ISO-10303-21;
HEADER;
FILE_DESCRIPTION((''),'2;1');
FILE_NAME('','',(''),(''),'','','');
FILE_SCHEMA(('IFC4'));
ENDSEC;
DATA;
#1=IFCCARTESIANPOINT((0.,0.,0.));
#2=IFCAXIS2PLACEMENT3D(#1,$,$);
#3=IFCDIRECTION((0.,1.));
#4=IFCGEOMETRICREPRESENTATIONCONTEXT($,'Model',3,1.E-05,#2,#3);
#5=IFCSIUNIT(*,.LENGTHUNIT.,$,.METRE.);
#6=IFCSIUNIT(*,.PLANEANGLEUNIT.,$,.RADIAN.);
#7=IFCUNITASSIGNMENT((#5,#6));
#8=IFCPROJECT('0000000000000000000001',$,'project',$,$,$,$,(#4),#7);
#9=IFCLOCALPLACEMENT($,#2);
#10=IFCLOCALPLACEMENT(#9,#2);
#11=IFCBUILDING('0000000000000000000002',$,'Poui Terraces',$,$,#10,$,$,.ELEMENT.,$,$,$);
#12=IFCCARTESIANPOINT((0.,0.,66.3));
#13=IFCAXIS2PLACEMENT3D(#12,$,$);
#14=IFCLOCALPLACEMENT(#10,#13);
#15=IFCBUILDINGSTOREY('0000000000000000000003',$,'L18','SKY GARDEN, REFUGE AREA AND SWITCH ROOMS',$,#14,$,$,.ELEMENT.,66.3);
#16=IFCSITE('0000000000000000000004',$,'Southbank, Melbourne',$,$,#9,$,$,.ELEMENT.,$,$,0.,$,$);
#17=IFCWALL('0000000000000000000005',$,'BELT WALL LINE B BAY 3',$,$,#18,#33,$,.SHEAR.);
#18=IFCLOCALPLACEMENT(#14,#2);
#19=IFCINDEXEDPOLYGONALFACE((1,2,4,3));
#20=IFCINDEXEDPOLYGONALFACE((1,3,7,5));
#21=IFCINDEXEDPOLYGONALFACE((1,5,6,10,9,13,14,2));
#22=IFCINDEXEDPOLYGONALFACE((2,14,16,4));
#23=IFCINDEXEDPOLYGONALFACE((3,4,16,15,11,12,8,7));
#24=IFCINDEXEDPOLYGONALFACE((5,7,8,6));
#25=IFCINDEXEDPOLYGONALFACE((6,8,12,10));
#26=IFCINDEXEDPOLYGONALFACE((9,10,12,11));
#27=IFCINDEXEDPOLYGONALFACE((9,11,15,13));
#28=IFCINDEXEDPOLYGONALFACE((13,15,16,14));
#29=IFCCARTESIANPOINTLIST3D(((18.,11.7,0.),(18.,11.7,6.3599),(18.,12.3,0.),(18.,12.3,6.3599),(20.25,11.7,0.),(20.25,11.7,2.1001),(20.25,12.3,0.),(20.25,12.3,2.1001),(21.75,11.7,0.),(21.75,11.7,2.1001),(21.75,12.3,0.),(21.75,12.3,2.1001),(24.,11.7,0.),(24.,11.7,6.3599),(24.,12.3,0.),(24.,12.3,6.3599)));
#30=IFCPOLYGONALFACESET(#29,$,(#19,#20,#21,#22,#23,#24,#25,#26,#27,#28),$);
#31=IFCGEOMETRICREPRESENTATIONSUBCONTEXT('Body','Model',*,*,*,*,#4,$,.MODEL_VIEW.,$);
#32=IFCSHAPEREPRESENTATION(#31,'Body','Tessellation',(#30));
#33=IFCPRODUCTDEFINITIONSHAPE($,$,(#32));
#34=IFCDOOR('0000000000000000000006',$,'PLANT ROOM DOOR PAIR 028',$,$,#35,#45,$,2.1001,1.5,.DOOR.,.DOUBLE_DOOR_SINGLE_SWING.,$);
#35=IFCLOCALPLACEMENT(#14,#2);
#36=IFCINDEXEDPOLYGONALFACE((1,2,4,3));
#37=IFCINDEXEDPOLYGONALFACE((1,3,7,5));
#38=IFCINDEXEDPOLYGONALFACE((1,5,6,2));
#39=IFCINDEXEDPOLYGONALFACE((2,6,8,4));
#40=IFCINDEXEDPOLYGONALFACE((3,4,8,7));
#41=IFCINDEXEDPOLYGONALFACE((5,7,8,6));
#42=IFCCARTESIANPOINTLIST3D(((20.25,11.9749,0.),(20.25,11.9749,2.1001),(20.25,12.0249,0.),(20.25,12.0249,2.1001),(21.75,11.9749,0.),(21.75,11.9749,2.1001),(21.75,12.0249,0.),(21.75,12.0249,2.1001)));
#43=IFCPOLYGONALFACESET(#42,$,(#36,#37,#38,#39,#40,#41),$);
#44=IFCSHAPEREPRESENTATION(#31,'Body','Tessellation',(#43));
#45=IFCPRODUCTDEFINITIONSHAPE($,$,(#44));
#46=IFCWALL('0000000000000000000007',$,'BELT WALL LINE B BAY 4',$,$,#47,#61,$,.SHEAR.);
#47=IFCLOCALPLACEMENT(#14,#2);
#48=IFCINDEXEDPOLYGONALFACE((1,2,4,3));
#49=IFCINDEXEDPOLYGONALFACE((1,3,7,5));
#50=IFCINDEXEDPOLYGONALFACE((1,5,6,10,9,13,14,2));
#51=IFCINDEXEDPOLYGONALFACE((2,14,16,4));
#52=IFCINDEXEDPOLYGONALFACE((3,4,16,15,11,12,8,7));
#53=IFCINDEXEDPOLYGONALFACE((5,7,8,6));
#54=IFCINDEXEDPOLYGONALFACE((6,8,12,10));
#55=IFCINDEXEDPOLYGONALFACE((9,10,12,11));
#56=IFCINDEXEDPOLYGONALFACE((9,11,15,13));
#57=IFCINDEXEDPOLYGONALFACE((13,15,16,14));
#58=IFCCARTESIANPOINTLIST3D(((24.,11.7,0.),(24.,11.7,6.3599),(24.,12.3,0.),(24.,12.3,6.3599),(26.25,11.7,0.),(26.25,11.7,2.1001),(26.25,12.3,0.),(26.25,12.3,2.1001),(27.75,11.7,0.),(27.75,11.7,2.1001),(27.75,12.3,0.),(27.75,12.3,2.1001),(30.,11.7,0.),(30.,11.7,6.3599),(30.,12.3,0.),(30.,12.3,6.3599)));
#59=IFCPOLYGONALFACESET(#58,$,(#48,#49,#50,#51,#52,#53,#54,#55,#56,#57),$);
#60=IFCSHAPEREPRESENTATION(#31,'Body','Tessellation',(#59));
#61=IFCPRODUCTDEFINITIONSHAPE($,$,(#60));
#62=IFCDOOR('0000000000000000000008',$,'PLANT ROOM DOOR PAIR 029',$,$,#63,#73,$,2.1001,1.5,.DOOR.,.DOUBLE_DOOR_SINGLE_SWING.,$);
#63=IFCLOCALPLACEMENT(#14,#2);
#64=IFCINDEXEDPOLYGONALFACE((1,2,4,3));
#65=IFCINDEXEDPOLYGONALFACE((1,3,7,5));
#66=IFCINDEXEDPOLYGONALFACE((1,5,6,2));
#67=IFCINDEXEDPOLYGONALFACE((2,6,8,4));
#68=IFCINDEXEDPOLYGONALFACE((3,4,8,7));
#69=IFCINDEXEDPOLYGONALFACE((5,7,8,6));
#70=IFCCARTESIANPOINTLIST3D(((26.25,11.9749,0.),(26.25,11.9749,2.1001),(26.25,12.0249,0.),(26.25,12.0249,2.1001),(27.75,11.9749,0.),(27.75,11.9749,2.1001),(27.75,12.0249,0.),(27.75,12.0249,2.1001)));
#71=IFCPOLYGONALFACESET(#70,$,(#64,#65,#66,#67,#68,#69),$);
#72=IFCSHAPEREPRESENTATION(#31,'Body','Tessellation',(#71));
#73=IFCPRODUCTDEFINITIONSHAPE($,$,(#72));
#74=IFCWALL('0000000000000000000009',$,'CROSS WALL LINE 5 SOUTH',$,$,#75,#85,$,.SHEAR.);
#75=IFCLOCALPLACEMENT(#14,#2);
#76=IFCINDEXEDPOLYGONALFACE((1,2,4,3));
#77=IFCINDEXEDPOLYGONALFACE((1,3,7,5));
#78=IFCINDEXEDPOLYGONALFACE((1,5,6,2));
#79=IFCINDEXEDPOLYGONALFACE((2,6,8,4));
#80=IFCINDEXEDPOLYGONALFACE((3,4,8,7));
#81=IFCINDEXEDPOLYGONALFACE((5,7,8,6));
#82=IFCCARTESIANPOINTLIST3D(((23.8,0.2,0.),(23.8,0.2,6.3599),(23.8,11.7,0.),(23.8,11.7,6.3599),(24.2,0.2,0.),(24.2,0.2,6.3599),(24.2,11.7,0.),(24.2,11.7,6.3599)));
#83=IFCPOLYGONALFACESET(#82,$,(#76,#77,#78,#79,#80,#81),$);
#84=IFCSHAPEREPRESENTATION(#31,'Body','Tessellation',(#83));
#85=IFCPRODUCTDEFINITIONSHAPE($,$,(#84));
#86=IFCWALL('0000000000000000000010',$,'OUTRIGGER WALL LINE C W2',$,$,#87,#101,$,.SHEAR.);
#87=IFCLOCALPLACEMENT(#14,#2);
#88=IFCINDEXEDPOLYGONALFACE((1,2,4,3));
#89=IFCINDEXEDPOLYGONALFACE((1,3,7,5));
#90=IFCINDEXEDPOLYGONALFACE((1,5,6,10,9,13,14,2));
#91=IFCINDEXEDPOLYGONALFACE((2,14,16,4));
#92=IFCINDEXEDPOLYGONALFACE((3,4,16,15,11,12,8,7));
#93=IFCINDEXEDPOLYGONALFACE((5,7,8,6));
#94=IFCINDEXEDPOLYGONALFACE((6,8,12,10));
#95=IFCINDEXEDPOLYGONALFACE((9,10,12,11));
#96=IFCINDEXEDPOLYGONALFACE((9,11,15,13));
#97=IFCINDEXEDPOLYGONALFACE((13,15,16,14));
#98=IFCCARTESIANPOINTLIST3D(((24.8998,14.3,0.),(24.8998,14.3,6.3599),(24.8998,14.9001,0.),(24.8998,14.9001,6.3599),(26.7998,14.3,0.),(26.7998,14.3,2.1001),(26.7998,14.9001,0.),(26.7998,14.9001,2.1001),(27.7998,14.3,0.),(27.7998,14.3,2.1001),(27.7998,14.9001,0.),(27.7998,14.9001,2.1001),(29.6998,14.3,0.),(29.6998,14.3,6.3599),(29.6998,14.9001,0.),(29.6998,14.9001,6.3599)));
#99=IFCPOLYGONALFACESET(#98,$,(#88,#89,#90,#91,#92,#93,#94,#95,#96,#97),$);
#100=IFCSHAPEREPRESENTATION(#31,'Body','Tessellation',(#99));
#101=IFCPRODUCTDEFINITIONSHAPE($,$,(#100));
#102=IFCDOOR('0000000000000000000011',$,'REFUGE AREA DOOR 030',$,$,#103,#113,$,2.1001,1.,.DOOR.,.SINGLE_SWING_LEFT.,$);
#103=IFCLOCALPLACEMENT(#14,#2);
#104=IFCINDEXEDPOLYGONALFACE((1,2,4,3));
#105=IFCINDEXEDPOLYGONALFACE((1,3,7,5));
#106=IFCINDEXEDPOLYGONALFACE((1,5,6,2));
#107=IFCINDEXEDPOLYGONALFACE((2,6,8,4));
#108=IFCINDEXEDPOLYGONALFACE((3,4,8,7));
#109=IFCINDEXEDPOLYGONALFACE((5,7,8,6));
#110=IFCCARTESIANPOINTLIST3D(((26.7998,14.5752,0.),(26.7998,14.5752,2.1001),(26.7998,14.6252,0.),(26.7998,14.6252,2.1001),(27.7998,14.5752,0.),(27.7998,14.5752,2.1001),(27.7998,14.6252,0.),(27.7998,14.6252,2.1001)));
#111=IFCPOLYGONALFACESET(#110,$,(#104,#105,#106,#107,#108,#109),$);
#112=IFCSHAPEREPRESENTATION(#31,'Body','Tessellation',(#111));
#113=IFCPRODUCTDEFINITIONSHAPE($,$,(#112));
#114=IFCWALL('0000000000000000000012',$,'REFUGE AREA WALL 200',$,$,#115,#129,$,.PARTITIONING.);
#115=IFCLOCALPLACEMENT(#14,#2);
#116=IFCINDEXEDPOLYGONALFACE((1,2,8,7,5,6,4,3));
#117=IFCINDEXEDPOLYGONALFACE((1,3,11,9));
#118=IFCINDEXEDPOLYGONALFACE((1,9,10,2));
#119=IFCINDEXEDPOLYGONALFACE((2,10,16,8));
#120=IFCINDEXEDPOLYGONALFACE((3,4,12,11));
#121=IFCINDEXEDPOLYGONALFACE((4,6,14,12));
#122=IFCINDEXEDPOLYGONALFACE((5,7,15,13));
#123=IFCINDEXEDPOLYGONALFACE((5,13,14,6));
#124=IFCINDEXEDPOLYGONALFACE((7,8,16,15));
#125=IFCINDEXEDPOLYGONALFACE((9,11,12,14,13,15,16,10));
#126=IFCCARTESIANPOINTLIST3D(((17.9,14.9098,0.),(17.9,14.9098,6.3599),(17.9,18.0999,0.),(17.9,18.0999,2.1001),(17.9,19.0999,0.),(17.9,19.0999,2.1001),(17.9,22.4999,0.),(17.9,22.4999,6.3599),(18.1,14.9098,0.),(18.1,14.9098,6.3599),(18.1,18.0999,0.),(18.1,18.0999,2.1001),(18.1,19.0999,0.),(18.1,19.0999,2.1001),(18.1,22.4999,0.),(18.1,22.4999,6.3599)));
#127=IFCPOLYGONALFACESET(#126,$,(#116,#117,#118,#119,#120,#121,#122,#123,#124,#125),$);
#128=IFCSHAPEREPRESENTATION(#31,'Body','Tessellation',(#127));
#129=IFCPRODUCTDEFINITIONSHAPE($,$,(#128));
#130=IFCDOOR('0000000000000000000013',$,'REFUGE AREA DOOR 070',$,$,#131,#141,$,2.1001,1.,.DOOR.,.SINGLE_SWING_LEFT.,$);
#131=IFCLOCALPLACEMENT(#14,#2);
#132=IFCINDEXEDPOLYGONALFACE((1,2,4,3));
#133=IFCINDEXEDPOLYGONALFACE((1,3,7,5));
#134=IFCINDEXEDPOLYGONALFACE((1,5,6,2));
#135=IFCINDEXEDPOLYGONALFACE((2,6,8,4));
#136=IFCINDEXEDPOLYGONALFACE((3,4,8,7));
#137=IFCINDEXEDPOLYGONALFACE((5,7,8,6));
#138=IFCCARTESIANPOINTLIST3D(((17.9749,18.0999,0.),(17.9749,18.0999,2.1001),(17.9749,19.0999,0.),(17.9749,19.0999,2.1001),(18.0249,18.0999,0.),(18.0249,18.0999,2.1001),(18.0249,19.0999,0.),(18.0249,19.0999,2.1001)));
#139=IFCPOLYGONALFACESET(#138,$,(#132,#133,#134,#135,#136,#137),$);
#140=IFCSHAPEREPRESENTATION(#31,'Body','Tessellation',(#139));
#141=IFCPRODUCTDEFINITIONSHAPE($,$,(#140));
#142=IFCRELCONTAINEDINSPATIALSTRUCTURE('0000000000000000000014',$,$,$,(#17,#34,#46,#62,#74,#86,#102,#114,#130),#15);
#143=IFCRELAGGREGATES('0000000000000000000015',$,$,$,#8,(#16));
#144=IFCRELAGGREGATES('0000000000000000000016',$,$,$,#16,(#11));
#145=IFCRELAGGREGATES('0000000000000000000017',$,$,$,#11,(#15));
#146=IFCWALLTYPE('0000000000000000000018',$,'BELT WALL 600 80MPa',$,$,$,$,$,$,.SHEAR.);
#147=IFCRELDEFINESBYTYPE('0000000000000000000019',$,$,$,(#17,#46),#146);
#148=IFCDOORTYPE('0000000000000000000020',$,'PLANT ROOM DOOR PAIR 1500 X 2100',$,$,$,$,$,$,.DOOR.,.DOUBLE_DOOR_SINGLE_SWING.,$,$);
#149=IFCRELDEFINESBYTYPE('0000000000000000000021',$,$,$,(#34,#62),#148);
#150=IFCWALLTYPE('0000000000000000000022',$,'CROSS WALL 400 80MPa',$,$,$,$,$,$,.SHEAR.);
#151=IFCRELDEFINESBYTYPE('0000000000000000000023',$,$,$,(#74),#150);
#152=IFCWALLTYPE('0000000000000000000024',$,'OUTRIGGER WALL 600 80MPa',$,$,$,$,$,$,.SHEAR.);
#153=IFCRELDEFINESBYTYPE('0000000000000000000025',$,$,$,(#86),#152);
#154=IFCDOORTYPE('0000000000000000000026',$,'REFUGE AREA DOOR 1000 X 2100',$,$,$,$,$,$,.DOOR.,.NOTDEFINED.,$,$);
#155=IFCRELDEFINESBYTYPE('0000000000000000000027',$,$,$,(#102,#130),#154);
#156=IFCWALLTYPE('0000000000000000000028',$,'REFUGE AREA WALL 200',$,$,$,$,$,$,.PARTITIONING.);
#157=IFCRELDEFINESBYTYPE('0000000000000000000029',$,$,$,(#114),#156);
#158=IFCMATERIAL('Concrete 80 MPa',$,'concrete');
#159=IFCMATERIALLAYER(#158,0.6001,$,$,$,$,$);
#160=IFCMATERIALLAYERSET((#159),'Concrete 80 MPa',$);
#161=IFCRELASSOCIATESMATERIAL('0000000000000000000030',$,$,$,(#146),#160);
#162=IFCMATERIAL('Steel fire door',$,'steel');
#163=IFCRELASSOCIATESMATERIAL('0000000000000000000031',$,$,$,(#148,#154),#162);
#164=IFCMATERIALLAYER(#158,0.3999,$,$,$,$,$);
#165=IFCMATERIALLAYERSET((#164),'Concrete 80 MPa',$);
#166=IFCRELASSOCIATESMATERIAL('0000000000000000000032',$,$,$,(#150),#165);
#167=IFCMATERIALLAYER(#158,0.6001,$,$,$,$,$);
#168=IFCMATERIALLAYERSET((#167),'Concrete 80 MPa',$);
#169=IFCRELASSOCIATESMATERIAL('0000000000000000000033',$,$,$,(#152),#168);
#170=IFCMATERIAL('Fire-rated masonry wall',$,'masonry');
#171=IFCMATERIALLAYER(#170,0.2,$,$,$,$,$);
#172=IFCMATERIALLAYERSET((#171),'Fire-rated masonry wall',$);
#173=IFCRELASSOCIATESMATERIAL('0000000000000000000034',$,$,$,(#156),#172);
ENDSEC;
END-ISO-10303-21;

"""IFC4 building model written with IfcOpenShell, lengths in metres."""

from ifc_helpers import new_model, si_unit, direction, frame, frame_2d, origin, place, context, subcontext, project, spatial, rectangle, extrude, material, layer, layer_set, type_object, element, fill, save


model = new_model("IFC4")

# Units and contexts
model_context = context("Model", 3, precision=1e-05, world=origin(), true_north=direction((0.0, 1.0)))
body_context = subcontext(model_context, "Body", "Model", "MODEL_VIEW")
ifc_project = project(units=[si_unit("LENGTHUNIT", "METRE"), si_unit("PLANEANGLEUNIT", "RADIAN")], contexts=[model_context])

# Site, building, storey
site_placement = place(None, origin())
site = spatial("IfcSite", under=ifc_project, at=site_placement, Name="Southbank, Melbourne", CompositionType="ELEMENT", RefElevation=0.0)
building_placement = place(site_placement, origin())
building = spatial("IfcBuilding", under=site, at=building_placement, Name="Poui Terraces", CompositionType="ELEMENT")
storey_placement = place(building_placement, frame((0.0, 0.0, 66.3)))
storey = spatial("IfcBuildingStorey", under=building, at=storey_placement, Name="L18", Description="SKY GARDEN, REFUGE AREA AND SWITCH ROOMS", CompositionType="ELEMENT", Elevation=66.3)

# Walls, openings, doors
ifc_material_1 = material(Name="Concrete 80 MPa", Category="concrete")
ifc_layer_1 = layer(ifc_material_1, 0.6001)
ifc_layer_set_1 = layer_set([ifc_layer_1], Name="Concrete 80 MPa")
wall_type_1 = type_object("IfcWallType", Name="BELT WALL 600 80MPa", PredefinedType="SHEAR", material=ifc_layer_set_1)
wall_1_placement = place(storey_placement, frame((18.0, 12.0, 0.0), z_axis=(0.0, 0.0, 1.0), x_axis=(1.0, 0.0, 0.0)))
wall_1 = element("IfcWall", 1, at=wall_1_placement, inside=storey, type_object=wall_type_1, Name="BELT WALL LINE B BAY 3", PredefinedType="SHEAR", context=body_context, shape_type="SweptSolid", body=[
    extrude(rectangle(XDim=6.0, YDim=0.6001, at=frame_2d((3.0, 0.0))), origin(), (0.0, 0.0, 1.0), 6.3599),
])
opening_1_placement = place(wall_1_placement, frame((2.25, 0.0, 0.0)))
opening_1 = element("IfcOpeningElement", 2, at=opening_1_placement, cuts=wall_1, PredefinedType="OPENING", context=body_context, shape_type="SweptSolid", body=[
    extrude(rectangle(XDim=1.5, YDim=2.1001, at=frame_2d((0.75, 1.05))), frame((0.0, 0.3101, 0.0), z_axis=(0.0, -1.0, 0.0), x_axis=(1.0, 0.0, 0.0)), (0.0, 0.0, 1.0), 0.6201),
])
ifc_material_2 = material(Name="Steel fire door", Category="steel")
door_type_1 = type_object("IfcDoorType", Name="PLANT ROOM DOOR PAIR 1500 X 2100", OperationType="DOUBLE_DOOR_SINGLE_SWING", PredefinedType="DOOR", material=ifc_material_2)
door_1_placement = place(opening_1_placement, origin())
door_1 = element("IfcDoor", 3, at=door_1_placement, inside=storey, type_object=door_type_1, Name="PLANT ROOM DOOR PAIR 028", OperationType="DOUBLE_DOOR_SINGLE_SWING", OverallHeight=2.1001, OverallWidth=1.5, PredefinedType="DOOR", context=body_context, shape_type="SweptSolid", body=[
    extrude(rectangle(XDim=1.5, YDim=2.1001, at=frame_2d((0.75, 1.05))), frame((0.0, 0.0249, 0.0), z_axis=(0.0, -1.0, 0.0), x_axis=(1.0, 0.0, 0.0)), (0.0, 0.0, 1.0), 0.05),
])
fill(opening_1, door_1)
wall_2_placement = place(storey_placement, frame((24.0, 12.0, 0.0), z_axis=(0.0, 0.0, 1.0), x_axis=(1.0, 0.0, 0.0)))
wall_2 = element("IfcWall", 4, at=wall_2_placement, inside=storey, type_object=wall_type_1, Name="BELT WALL LINE B BAY 4", PredefinedType="SHEAR", context=body_context, shape_type="SweptSolid", body=[
    extrude(rectangle(XDim=6.0, YDim=0.6001, at=frame_2d((3.0, 0.0))), origin(), (0.0, 0.0, 1.0), 6.3599),
])
opening_2_placement = place(wall_2_placement, frame((2.25, 0.0, 0.0)))
opening_2 = element("IfcOpeningElement", 5, at=opening_2_placement, cuts=wall_2, PredefinedType="OPENING", context=body_context, shape_type="SweptSolid", body=[
    extrude(rectangle(XDim=1.5, YDim=2.1001, at=frame_2d((0.75, 1.05))), frame((0.0, 0.3101, 0.0), z_axis=(0.0, -1.0, 0.0), x_axis=(1.0, 0.0, 0.0)), (0.0, 0.0, 1.0), 0.6201),
])
door_2_placement = place(opening_2_placement, origin())
door_2 = element("IfcDoor", 6, at=door_2_placement, inside=storey, type_object=door_type_1, Name="PLANT ROOM DOOR PAIR 029", OperationType="DOUBLE_DOOR_SINGLE_SWING", OverallHeight=2.1001, OverallWidth=1.5, PredefinedType="DOOR", context=body_context, shape_type="SweptSolid", body=[
    extrude(rectangle(XDim=1.5, YDim=2.1001, at=frame_2d((0.75, 1.05))), frame((0.0, 0.0249, 0.0), z_axis=(0.0, -1.0, 0.0), x_axis=(1.0, 0.0, 0.0)), (0.0, 0.0, 1.0), 0.05),
])
fill(opening_2, door_2)

# Wall
ifc_layer_2 = layer(ifc_material_1, 0.3999)
ifc_layer_set_2 = layer_set([ifc_layer_2], Name="Concrete 80 MPa")
wall_type_2 = type_object("IfcWallType", Name="CROSS WALL 400 80MPa", PredefinedType="SHEAR", material=ifc_layer_set_2)
wall_3_placement = place(storey_placement, frame((24.0, 0.2, 0.0), z_axis=(0.0, 0.0, 1.0), x_axis=(0.0, 1.0, 0.0)))
element("IfcWall", 7, at=wall_3_placement, inside=storey, type_object=wall_type_2, Name="CROSS WALL LINE 5 SOUTH", PredefinedType="SHEAR", context=body_context, shape_type="SweptSolid", body=[
    extrude(rectangle(XDim=11.5, YDim=0.3999, at=frame_2d((5.75, 0.0))), origin(), (0.0, 0.0, 1.0), 6.3599),
])

# Walls, openings, doors
ifc_layer_3 = layer(ifc_material_1, 0.6001)
ifc_layer_set_3 = layer_set([ifc_layer_3], Name="Concrete 80 MPa")
wall_type_3 = type_object("IfcWallType", Name="OUTRIGGER WALL 600 80MPa", PredefinedType="SHEAR", material=ifc_layer_set_3)
wall_4_placement = place(storey_placement, frame((24.8999, 14.6001, 0.0), z_axis=(0.0, 0.0, 1.0), x_axis=(1.0, 0.0, 0.0)))
wall_4 = element("IfcWall", 8, at=wall_4_placement, inside=storey, type_object=wall_type_3, Name="OUTRIGGER WALL LINE C W2", PredefinedType="SHEAR", context=body_context, shape_type="SweptSolid", body=[
    extrude(rectangle(XDim=4.8, YDim=0.6001, at=frame_2d((2.3999, 0.0))), origin(), (0.0, 0.0, 1.0), 6.3599),
])
opening_3_placement = place(wall_4_placement, frame((1.8999, 0.0, 0.0)))
opening_3 = element("IfcOpeningElement", 9, at=opening_3_placement, cuts=wall_4, PredefinedType="OPENING", context=body_context, shape_type="SweptSolid", body=[
    extrude(rectangle(XDim=1.0, YDim=2.1001, at=frame_2d((0.5, 1.05))), frame((0.0, 0.3101, 0.0), z_axis=(0.0, -1.0, 0.0), x_axis=(1.0, 0.0, 0.0)), (0.0, 0.0, 1.0), 0.6201),
])
door_type_2 = type_object("IfcDoorType", Name="REFUGE AREA DOOR 1000 X 2100", OperationType="NOTDEFINED", PredefinedType="DOOR", material=ifc_material_2)
door_3_placement = place(opening_3_placement, frame((1.0, 0.0, 0.0), z_axis=(0.0, 0.0, 1.0), x_axis=(-1.0, 0.0, 0.0)))
door_3 = element("IfcDoor", 10, at=door_3_placement, inside=storey, type_object=door_type_2, Name="REFUGE AREA DOOR 030", OperationType="SINGLE_SWING_LEFT", OverallHeight=2.1001, OverallWidth=1.0, PredefinedType="DOOR", context=body_context, shape_type="SweptSolid", body=[
    extrude(rectangle(XDim=1.0, YDim=2.1001, at=frame_2d((0.5, 1.05))), frame((0.0, 0.0249, 0.0), z_axis=(0.0, -1.0, 0.0), x_axis=(1.0, 0.0, 0.0)), (0.0, 0.0, 1.0), 0.05),
])
fill(opening_3, door_3)
ifc_material_3 = material(Name="Fire-rated masonry wall", Category="masonry")
ifc_layer_4 = layer(ifc_material_3, 0.2)
ifc_layer_set_4 = layer_set([ifc_layer_4], Name="Fire-rated masonry wall")
wall_type_4 = type_object("IfcWallType", Name="REFUGE AREA WALL 200", PredefinedType="PARTITIONING", material=ifc_layer_set_4)
wall_5_placement = place(storey_placement, frame((18.0, 14.9099, 0.0), z_axis=(0.0, 0.0, 1.0), x_axis=(0.0, 1.0, 0.0)))
wall_5 = element("IfcWall", 11, at=wall_5_placement, inside=storey, type_object=wall_type_4, Name="REFUGE AREA WALL 200", PredefinedType="PARTITIONING", context=body_context, shape_type="SweptSolid", body=[
    extrude(rectangle(XDim=7.5901, YDim=0.2, at=frame_2d((3.7949, 0.0))), origin(), (0.0, 0.0, 1.0), 6.3599),
])
opening_4_placement = place(wall_5_placement, frame((3.1899, 0.0, 0.0)))
opening_4 = element("IfcOpeningElement", 12, at=opening_4_placement, cuts=wall_5, PredefinedType="OPENING", context=body_context, shape_type="SweptSolid", body=[
    extrude(rectangle(XDim=1.0, YDim=2.1001, at=frame_2d((0.5, 1.05))), frame((0.0, 0.1099, 0.0), z_axis=(0.0, -1.0, 0.0), x_axis=(1.0, 0.0, 0.0)), (0.0, 0.0, 1.0), 0.22),
])
door_4_placement = place(opening_4_placement, frame((1.0, 0.0, 0.0), z_axis=(0.0, 0.0, 1.0), x_axis=(-1.0, 0.0, 0.0)))
door_4 = element("IfcDoor", 13, at=door_4_placement, inside=storey, type_object=door_type_2, Name="REFUGE AREA DOOR 070", OperationType="SINGLE_SWING_LEFT", OverallHeight=2.1001, OverallWidth=1.0, PredefinedType="DOOR", context=body_context, shape_type="SweptSolid", body=[
    extrude(rectangle(XDim=1.0, YDim=2.1001, at=frame_2d((0.5, 1.05))), frame((0.0, 0.0249, 0.0), z_axis=(0.0, -1.0, 0.0), x_axis=(1.0, 0.0, 0.0)), (0.0, 0.0, 1.0), 0.05),
])
fill(opening_4, door_4)

save(model, "model.ifc")
